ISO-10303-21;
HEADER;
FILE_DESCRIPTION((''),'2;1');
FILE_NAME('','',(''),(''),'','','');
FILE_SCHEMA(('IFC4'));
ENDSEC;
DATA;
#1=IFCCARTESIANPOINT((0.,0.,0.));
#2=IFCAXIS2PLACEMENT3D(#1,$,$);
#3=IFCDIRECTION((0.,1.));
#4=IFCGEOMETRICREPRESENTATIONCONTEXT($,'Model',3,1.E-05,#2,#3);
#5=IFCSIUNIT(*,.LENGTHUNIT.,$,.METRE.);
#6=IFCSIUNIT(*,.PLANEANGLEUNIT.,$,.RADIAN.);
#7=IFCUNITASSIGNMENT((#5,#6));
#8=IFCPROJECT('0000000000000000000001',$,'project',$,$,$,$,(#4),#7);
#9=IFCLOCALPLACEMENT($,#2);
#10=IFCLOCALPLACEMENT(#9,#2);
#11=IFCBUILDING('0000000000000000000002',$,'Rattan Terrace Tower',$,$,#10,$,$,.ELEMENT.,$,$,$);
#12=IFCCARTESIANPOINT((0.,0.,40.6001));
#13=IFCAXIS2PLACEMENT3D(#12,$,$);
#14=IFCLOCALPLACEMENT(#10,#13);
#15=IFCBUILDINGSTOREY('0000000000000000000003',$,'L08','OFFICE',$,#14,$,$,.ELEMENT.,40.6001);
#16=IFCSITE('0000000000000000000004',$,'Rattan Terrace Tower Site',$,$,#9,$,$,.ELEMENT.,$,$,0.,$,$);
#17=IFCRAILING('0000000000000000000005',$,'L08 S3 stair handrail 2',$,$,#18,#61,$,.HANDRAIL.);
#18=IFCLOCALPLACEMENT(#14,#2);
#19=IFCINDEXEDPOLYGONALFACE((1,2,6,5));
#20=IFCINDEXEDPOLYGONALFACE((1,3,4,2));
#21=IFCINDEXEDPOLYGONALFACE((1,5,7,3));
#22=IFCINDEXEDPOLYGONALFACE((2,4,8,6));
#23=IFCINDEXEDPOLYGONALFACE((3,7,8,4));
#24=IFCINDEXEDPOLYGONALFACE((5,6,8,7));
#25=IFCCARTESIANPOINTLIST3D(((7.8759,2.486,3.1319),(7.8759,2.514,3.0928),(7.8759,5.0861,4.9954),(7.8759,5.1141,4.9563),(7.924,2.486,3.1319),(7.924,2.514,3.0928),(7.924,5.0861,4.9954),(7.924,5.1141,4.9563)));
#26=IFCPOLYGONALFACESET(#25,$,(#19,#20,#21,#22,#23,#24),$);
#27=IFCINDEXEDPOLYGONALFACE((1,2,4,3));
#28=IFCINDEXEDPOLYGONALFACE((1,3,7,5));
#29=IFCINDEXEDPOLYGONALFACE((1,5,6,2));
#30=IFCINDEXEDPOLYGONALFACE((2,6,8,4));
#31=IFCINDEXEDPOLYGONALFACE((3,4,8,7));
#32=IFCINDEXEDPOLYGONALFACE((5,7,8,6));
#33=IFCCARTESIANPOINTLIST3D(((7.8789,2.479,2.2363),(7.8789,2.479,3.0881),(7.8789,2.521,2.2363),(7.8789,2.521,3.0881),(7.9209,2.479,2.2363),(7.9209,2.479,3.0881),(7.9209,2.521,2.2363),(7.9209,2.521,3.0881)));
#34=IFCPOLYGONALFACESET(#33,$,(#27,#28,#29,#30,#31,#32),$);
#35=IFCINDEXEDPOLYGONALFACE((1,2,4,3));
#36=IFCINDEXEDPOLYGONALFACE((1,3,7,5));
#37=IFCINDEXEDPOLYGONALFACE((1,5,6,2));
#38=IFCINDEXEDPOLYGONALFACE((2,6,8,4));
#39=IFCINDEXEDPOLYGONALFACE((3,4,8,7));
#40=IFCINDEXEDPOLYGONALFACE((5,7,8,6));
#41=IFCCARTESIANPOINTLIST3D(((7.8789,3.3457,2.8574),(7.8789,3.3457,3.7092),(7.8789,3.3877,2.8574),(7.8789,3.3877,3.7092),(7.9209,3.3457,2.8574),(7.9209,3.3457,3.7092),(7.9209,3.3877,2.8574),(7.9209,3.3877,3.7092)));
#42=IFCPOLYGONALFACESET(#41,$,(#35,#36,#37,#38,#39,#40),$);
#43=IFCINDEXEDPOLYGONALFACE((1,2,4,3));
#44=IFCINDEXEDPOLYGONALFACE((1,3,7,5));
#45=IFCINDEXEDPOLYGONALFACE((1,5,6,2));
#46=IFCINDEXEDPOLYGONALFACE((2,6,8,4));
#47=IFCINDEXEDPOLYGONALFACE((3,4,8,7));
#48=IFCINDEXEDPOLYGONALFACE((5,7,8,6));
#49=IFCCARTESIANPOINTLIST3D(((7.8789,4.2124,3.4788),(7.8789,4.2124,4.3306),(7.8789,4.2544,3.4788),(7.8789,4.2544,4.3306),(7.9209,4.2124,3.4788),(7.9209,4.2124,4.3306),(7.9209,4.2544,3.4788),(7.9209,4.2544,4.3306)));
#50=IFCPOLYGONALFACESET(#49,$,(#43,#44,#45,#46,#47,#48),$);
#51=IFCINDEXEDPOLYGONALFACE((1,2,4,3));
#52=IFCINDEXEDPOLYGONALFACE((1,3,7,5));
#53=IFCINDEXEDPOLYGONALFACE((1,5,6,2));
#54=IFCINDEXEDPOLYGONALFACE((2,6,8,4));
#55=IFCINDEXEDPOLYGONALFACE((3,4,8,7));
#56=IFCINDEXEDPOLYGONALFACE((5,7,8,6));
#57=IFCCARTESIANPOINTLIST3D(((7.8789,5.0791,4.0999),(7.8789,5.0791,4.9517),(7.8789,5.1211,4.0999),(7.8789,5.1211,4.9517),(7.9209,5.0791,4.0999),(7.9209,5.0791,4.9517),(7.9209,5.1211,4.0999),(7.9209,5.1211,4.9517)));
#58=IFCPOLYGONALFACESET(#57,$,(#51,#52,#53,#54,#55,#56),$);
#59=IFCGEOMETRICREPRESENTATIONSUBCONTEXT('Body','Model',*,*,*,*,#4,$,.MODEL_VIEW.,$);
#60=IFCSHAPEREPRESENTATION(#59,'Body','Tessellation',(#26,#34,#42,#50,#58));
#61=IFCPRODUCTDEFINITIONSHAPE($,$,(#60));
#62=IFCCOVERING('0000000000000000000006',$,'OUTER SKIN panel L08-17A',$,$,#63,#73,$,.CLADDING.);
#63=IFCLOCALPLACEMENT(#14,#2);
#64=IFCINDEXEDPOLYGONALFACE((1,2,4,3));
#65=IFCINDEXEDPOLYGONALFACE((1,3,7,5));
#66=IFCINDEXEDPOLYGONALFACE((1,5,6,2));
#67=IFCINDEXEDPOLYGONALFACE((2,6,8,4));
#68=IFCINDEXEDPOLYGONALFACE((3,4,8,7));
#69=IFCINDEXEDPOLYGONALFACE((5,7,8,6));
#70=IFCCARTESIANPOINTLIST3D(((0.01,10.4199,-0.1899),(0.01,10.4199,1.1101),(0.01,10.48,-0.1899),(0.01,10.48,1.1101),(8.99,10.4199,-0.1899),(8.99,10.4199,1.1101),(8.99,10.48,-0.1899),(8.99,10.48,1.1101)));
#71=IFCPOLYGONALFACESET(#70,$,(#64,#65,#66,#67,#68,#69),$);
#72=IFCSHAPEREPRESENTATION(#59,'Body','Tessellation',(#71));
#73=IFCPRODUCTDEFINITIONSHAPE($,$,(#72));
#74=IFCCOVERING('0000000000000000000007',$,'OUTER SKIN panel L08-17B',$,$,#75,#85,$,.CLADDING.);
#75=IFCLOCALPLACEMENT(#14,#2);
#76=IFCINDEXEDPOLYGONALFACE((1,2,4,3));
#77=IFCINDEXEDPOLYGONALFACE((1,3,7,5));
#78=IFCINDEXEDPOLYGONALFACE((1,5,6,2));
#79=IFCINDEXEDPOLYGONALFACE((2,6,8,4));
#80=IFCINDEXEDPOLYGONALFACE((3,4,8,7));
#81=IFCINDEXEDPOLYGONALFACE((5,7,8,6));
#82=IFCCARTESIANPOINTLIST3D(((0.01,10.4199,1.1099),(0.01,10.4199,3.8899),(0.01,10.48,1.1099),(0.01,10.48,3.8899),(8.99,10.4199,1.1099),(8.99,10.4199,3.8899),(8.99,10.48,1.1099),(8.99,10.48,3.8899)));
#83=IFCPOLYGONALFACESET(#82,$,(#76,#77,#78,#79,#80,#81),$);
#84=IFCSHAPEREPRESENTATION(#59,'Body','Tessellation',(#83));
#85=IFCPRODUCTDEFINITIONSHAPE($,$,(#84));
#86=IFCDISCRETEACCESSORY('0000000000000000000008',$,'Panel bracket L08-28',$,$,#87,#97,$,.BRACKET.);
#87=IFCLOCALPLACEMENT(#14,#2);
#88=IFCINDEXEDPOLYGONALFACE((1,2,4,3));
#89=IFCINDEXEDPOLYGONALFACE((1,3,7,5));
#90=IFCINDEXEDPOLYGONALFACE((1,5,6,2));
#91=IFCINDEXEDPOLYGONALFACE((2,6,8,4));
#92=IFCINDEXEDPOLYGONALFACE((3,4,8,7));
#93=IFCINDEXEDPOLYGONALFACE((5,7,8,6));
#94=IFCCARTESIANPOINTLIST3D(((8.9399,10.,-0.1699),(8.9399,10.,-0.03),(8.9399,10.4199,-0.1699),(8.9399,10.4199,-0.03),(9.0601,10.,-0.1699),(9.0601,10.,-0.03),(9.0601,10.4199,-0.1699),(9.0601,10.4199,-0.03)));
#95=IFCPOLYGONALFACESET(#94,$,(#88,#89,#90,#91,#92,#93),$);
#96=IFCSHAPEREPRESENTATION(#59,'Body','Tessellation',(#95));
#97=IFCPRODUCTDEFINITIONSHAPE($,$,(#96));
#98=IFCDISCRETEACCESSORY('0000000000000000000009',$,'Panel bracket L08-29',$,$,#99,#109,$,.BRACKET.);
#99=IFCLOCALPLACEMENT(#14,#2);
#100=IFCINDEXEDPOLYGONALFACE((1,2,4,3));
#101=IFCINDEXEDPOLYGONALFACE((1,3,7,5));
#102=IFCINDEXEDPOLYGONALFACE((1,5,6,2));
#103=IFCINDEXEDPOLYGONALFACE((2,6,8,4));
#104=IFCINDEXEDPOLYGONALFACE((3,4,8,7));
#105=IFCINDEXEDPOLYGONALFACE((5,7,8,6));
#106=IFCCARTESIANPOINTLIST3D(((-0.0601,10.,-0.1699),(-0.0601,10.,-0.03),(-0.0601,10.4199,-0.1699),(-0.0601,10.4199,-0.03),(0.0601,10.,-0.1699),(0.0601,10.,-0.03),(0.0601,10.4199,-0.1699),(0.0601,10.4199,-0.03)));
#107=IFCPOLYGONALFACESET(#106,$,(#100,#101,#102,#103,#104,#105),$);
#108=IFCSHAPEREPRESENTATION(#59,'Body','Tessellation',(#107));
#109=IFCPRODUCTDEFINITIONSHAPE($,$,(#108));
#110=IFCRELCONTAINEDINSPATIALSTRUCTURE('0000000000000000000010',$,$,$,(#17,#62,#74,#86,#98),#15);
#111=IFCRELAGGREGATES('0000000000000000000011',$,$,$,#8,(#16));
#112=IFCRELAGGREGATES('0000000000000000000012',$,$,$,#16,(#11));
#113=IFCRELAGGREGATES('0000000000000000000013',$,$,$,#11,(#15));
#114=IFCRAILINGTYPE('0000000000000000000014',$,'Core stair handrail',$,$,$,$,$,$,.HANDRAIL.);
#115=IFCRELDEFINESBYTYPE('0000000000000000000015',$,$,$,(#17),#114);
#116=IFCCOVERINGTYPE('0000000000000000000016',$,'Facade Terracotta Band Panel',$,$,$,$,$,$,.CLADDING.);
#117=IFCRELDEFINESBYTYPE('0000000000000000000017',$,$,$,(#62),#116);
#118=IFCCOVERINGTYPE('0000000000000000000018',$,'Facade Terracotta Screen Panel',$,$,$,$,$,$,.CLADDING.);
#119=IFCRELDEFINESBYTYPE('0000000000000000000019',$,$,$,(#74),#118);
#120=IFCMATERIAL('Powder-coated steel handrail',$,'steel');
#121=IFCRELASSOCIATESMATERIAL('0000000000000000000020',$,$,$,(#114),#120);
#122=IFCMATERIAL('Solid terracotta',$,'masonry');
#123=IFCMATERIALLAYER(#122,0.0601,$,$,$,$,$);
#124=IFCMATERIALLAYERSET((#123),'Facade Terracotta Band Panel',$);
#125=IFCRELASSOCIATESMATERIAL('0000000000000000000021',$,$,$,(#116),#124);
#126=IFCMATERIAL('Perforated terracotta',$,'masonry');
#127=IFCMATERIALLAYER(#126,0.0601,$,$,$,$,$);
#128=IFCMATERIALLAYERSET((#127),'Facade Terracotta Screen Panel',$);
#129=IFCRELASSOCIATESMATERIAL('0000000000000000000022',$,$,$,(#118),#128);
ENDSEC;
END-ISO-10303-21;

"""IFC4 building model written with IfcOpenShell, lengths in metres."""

from ifc_helpers import new_model, si_unit, direction, frame, origin, origin_2d, place, context, subcontext, project, spatial, rectangle, extrude, material, layer, layer_set, type_object, element, save


model = new_model("IFC4")

# Units and contexts
model_context = context("Model", 3, precision=1e-05, world=origin(), true_north=direction((0.0, 1.0)))
body_context = subcontext(model_context, "Body", "Model", "MODEL_VIEW")
ifc_project = project(units=[si_unit("LENGTHUNIT", "METRE"), si_unit("PLANEANGLEUNIT", "RADIAN")], contexts=[model_context])

# Site, building, storey
site_placement = place(None, origin())
site = spatial("IfcSite", under=ifc_project, at=site_placement, Name="Rattan Terrace Tower Site", CompositionType="ELEMENT", RefElevation=0.0)
building_placement = place(site_placement, origin())
building = spatial("IfcBuilding", under=site, at=building_placement, Name="Rattan Terrace Tower", CompositionType="ELEMENT")
storey_placement = place(building_placement, frame((0.0, 0.0, 40.6001)))
storey = spatial("IfcBuildingStorey", under=building, at=storey_placement, Name="L08", Description="OFFICE", CompositionType="ELEMENT", Elevation=40.6001)

# Railing
ifc_material_1 = material(Name="Powder-coated steel handrail", Category="steel")
railing_type_1 = type_object("IfcRailingType", Name="Core stair handrail", PredefinedType="HANDRAIL", material=ifc_material_1)
railing_1_placement = place(storey_placement, frame((7.8999, 2.5, 2.2363)))
element("IfcRailing", 1, at=railing_1_placement, inside=storey, type_object=railing_type_1, Name="L08 S3 stair handrail 2", PredefinedType="HANDRAIL", context=body_context, shape_type="SweptSolid", body=[
    extrude(rectangle(XDim=0.0481, YDim=0.0481, at=origin_2d()), frame((0.0, 0.0, 0.876), z_axis=(0.0, 0.812799, 0.582544), x_axis=(-1.0, 0.0, 0.0)), (0.0, 0.0, 1.0), 3.199),
    extrude(rectangle(XDim=0.042, YDim=0.042, at=origin_2d()), origin(), (0.0, 0.0, 1.0), 0.8518),
    extrude(rectangle(XDim=0.042, YDim=0.042, at=origin_2d()), frame((0.0, 0.8667, 0.6211)), (0.0, 0.0, 1.0), 0.8518),
    extrude(rectangle(XDim=0.042, YDim=0.042, at=origin_2d()), frame((0.0, 1.7334, 1.2424)), (0.0, 0.0, 1.0), 0.8518),
    extrude(rectangle(XDim=0.042, YDim=0.042, at=origin_2d()), frame((0.0, 2.6001, 1.8635)), (0.0, 0.0, 1.0), 0.8518),
])

# Coverings
ifc_material_2 = material(Name="Solid terracotta", Category="masonry")
ifc_layer_1 = layer(ifc_material_2, 0.0601)
ifc_layer_set_1 = layer_set([ifc_layer_1], Name="Facade Terracotta Band Panel")
covering_type_1 = type_object("IfcCoveringType", Name="Facade Terracotta Band Panel", PredefinedType="CLADDING", material=ifc_layer_set_1)
covering_1_placement = place(storey_placement, frame((4.5, 10.45, -0.1899), z_axis=(0.0, 0.0, 1.0), x_axis=(-1.0, 0.0, 0.0)))
element("IfcCovering", 2, at=covering_1_placement, inside=storey, type_object=covering_type_1, Name="OUTER SKIN panel L08-17A", PredefinedType="CLADDING", context=body_context, shape_type="SweptSolid", body=[
    extrude(rectangle(XDim=8.98, YDim=0.0601, at=origin_2d()), origin(), (0.0, 0.0, 1.0), 1.3),
])
ifc_material_3 = material(Name="Perforated terracotta", Category="masonry")
ifc_layer_2 = layer(ifc_material_3, 0.0601)
ifc_layer_set_2 = layer_set([ifc_layer_2], Name="Facade Terracotta Screen Panel")
covering_type_2 = type_object("IfcCoveringType", Name="Facade Terracotta Screen Panel", PredefinedType="CLADDING", material=ifc_layer_set_2)
covering_2_placement = place(storey_placement, frame((4.5, 10.45, 1.1099), z_axis=(0.0, 0.0, 1.0), x_axis=(-1.0, 0.0, 0.0)))
element("IfcCovering", 3, at=covering_2_placement, inside=storey, type_object=covering_type_2, Name="OUTER SKIN panel L08-17B", PredefinedType="CLADDING", context=body_context, shape_type="SweptSolid", body=[
    extrude(rectangle(XDim=8.98, YDim=0.0601, at=origin_2d()), origin(), (0.0, 0.0, 1.0), 2.78),
])

# Discrete accessories
for number, where, z_axis, x_axis, name in (
    (4, (9.0, 10.21, -0.1699), (0.0, 0.0, 1.0), (-1.0, 0.0, 0.0), "Panel bracket L08-28"),
    (5, (0.0, 10.21, -0.1699), (0.0, 0.0, 1.0), (-1.0, 0.0, 0.0), "Panel bracket L08-29"),
):
    element("IfcDiscreteAccessory", number, at=place(storey_placement, frame(where, z_axis=z_axis, x_axis=x_axis)), inside=storey, Name=name, PredefinedType="BRACKET", context=body_context, shape_type="SweptSolid", body=[
        extrude(rectangle(XDim=0.1201, YDim=0.4199, at=origin_2d()), origin(), (0.0, 0.0, 1.0), 0.1399),
    ])

save(model, "model.ifc")
